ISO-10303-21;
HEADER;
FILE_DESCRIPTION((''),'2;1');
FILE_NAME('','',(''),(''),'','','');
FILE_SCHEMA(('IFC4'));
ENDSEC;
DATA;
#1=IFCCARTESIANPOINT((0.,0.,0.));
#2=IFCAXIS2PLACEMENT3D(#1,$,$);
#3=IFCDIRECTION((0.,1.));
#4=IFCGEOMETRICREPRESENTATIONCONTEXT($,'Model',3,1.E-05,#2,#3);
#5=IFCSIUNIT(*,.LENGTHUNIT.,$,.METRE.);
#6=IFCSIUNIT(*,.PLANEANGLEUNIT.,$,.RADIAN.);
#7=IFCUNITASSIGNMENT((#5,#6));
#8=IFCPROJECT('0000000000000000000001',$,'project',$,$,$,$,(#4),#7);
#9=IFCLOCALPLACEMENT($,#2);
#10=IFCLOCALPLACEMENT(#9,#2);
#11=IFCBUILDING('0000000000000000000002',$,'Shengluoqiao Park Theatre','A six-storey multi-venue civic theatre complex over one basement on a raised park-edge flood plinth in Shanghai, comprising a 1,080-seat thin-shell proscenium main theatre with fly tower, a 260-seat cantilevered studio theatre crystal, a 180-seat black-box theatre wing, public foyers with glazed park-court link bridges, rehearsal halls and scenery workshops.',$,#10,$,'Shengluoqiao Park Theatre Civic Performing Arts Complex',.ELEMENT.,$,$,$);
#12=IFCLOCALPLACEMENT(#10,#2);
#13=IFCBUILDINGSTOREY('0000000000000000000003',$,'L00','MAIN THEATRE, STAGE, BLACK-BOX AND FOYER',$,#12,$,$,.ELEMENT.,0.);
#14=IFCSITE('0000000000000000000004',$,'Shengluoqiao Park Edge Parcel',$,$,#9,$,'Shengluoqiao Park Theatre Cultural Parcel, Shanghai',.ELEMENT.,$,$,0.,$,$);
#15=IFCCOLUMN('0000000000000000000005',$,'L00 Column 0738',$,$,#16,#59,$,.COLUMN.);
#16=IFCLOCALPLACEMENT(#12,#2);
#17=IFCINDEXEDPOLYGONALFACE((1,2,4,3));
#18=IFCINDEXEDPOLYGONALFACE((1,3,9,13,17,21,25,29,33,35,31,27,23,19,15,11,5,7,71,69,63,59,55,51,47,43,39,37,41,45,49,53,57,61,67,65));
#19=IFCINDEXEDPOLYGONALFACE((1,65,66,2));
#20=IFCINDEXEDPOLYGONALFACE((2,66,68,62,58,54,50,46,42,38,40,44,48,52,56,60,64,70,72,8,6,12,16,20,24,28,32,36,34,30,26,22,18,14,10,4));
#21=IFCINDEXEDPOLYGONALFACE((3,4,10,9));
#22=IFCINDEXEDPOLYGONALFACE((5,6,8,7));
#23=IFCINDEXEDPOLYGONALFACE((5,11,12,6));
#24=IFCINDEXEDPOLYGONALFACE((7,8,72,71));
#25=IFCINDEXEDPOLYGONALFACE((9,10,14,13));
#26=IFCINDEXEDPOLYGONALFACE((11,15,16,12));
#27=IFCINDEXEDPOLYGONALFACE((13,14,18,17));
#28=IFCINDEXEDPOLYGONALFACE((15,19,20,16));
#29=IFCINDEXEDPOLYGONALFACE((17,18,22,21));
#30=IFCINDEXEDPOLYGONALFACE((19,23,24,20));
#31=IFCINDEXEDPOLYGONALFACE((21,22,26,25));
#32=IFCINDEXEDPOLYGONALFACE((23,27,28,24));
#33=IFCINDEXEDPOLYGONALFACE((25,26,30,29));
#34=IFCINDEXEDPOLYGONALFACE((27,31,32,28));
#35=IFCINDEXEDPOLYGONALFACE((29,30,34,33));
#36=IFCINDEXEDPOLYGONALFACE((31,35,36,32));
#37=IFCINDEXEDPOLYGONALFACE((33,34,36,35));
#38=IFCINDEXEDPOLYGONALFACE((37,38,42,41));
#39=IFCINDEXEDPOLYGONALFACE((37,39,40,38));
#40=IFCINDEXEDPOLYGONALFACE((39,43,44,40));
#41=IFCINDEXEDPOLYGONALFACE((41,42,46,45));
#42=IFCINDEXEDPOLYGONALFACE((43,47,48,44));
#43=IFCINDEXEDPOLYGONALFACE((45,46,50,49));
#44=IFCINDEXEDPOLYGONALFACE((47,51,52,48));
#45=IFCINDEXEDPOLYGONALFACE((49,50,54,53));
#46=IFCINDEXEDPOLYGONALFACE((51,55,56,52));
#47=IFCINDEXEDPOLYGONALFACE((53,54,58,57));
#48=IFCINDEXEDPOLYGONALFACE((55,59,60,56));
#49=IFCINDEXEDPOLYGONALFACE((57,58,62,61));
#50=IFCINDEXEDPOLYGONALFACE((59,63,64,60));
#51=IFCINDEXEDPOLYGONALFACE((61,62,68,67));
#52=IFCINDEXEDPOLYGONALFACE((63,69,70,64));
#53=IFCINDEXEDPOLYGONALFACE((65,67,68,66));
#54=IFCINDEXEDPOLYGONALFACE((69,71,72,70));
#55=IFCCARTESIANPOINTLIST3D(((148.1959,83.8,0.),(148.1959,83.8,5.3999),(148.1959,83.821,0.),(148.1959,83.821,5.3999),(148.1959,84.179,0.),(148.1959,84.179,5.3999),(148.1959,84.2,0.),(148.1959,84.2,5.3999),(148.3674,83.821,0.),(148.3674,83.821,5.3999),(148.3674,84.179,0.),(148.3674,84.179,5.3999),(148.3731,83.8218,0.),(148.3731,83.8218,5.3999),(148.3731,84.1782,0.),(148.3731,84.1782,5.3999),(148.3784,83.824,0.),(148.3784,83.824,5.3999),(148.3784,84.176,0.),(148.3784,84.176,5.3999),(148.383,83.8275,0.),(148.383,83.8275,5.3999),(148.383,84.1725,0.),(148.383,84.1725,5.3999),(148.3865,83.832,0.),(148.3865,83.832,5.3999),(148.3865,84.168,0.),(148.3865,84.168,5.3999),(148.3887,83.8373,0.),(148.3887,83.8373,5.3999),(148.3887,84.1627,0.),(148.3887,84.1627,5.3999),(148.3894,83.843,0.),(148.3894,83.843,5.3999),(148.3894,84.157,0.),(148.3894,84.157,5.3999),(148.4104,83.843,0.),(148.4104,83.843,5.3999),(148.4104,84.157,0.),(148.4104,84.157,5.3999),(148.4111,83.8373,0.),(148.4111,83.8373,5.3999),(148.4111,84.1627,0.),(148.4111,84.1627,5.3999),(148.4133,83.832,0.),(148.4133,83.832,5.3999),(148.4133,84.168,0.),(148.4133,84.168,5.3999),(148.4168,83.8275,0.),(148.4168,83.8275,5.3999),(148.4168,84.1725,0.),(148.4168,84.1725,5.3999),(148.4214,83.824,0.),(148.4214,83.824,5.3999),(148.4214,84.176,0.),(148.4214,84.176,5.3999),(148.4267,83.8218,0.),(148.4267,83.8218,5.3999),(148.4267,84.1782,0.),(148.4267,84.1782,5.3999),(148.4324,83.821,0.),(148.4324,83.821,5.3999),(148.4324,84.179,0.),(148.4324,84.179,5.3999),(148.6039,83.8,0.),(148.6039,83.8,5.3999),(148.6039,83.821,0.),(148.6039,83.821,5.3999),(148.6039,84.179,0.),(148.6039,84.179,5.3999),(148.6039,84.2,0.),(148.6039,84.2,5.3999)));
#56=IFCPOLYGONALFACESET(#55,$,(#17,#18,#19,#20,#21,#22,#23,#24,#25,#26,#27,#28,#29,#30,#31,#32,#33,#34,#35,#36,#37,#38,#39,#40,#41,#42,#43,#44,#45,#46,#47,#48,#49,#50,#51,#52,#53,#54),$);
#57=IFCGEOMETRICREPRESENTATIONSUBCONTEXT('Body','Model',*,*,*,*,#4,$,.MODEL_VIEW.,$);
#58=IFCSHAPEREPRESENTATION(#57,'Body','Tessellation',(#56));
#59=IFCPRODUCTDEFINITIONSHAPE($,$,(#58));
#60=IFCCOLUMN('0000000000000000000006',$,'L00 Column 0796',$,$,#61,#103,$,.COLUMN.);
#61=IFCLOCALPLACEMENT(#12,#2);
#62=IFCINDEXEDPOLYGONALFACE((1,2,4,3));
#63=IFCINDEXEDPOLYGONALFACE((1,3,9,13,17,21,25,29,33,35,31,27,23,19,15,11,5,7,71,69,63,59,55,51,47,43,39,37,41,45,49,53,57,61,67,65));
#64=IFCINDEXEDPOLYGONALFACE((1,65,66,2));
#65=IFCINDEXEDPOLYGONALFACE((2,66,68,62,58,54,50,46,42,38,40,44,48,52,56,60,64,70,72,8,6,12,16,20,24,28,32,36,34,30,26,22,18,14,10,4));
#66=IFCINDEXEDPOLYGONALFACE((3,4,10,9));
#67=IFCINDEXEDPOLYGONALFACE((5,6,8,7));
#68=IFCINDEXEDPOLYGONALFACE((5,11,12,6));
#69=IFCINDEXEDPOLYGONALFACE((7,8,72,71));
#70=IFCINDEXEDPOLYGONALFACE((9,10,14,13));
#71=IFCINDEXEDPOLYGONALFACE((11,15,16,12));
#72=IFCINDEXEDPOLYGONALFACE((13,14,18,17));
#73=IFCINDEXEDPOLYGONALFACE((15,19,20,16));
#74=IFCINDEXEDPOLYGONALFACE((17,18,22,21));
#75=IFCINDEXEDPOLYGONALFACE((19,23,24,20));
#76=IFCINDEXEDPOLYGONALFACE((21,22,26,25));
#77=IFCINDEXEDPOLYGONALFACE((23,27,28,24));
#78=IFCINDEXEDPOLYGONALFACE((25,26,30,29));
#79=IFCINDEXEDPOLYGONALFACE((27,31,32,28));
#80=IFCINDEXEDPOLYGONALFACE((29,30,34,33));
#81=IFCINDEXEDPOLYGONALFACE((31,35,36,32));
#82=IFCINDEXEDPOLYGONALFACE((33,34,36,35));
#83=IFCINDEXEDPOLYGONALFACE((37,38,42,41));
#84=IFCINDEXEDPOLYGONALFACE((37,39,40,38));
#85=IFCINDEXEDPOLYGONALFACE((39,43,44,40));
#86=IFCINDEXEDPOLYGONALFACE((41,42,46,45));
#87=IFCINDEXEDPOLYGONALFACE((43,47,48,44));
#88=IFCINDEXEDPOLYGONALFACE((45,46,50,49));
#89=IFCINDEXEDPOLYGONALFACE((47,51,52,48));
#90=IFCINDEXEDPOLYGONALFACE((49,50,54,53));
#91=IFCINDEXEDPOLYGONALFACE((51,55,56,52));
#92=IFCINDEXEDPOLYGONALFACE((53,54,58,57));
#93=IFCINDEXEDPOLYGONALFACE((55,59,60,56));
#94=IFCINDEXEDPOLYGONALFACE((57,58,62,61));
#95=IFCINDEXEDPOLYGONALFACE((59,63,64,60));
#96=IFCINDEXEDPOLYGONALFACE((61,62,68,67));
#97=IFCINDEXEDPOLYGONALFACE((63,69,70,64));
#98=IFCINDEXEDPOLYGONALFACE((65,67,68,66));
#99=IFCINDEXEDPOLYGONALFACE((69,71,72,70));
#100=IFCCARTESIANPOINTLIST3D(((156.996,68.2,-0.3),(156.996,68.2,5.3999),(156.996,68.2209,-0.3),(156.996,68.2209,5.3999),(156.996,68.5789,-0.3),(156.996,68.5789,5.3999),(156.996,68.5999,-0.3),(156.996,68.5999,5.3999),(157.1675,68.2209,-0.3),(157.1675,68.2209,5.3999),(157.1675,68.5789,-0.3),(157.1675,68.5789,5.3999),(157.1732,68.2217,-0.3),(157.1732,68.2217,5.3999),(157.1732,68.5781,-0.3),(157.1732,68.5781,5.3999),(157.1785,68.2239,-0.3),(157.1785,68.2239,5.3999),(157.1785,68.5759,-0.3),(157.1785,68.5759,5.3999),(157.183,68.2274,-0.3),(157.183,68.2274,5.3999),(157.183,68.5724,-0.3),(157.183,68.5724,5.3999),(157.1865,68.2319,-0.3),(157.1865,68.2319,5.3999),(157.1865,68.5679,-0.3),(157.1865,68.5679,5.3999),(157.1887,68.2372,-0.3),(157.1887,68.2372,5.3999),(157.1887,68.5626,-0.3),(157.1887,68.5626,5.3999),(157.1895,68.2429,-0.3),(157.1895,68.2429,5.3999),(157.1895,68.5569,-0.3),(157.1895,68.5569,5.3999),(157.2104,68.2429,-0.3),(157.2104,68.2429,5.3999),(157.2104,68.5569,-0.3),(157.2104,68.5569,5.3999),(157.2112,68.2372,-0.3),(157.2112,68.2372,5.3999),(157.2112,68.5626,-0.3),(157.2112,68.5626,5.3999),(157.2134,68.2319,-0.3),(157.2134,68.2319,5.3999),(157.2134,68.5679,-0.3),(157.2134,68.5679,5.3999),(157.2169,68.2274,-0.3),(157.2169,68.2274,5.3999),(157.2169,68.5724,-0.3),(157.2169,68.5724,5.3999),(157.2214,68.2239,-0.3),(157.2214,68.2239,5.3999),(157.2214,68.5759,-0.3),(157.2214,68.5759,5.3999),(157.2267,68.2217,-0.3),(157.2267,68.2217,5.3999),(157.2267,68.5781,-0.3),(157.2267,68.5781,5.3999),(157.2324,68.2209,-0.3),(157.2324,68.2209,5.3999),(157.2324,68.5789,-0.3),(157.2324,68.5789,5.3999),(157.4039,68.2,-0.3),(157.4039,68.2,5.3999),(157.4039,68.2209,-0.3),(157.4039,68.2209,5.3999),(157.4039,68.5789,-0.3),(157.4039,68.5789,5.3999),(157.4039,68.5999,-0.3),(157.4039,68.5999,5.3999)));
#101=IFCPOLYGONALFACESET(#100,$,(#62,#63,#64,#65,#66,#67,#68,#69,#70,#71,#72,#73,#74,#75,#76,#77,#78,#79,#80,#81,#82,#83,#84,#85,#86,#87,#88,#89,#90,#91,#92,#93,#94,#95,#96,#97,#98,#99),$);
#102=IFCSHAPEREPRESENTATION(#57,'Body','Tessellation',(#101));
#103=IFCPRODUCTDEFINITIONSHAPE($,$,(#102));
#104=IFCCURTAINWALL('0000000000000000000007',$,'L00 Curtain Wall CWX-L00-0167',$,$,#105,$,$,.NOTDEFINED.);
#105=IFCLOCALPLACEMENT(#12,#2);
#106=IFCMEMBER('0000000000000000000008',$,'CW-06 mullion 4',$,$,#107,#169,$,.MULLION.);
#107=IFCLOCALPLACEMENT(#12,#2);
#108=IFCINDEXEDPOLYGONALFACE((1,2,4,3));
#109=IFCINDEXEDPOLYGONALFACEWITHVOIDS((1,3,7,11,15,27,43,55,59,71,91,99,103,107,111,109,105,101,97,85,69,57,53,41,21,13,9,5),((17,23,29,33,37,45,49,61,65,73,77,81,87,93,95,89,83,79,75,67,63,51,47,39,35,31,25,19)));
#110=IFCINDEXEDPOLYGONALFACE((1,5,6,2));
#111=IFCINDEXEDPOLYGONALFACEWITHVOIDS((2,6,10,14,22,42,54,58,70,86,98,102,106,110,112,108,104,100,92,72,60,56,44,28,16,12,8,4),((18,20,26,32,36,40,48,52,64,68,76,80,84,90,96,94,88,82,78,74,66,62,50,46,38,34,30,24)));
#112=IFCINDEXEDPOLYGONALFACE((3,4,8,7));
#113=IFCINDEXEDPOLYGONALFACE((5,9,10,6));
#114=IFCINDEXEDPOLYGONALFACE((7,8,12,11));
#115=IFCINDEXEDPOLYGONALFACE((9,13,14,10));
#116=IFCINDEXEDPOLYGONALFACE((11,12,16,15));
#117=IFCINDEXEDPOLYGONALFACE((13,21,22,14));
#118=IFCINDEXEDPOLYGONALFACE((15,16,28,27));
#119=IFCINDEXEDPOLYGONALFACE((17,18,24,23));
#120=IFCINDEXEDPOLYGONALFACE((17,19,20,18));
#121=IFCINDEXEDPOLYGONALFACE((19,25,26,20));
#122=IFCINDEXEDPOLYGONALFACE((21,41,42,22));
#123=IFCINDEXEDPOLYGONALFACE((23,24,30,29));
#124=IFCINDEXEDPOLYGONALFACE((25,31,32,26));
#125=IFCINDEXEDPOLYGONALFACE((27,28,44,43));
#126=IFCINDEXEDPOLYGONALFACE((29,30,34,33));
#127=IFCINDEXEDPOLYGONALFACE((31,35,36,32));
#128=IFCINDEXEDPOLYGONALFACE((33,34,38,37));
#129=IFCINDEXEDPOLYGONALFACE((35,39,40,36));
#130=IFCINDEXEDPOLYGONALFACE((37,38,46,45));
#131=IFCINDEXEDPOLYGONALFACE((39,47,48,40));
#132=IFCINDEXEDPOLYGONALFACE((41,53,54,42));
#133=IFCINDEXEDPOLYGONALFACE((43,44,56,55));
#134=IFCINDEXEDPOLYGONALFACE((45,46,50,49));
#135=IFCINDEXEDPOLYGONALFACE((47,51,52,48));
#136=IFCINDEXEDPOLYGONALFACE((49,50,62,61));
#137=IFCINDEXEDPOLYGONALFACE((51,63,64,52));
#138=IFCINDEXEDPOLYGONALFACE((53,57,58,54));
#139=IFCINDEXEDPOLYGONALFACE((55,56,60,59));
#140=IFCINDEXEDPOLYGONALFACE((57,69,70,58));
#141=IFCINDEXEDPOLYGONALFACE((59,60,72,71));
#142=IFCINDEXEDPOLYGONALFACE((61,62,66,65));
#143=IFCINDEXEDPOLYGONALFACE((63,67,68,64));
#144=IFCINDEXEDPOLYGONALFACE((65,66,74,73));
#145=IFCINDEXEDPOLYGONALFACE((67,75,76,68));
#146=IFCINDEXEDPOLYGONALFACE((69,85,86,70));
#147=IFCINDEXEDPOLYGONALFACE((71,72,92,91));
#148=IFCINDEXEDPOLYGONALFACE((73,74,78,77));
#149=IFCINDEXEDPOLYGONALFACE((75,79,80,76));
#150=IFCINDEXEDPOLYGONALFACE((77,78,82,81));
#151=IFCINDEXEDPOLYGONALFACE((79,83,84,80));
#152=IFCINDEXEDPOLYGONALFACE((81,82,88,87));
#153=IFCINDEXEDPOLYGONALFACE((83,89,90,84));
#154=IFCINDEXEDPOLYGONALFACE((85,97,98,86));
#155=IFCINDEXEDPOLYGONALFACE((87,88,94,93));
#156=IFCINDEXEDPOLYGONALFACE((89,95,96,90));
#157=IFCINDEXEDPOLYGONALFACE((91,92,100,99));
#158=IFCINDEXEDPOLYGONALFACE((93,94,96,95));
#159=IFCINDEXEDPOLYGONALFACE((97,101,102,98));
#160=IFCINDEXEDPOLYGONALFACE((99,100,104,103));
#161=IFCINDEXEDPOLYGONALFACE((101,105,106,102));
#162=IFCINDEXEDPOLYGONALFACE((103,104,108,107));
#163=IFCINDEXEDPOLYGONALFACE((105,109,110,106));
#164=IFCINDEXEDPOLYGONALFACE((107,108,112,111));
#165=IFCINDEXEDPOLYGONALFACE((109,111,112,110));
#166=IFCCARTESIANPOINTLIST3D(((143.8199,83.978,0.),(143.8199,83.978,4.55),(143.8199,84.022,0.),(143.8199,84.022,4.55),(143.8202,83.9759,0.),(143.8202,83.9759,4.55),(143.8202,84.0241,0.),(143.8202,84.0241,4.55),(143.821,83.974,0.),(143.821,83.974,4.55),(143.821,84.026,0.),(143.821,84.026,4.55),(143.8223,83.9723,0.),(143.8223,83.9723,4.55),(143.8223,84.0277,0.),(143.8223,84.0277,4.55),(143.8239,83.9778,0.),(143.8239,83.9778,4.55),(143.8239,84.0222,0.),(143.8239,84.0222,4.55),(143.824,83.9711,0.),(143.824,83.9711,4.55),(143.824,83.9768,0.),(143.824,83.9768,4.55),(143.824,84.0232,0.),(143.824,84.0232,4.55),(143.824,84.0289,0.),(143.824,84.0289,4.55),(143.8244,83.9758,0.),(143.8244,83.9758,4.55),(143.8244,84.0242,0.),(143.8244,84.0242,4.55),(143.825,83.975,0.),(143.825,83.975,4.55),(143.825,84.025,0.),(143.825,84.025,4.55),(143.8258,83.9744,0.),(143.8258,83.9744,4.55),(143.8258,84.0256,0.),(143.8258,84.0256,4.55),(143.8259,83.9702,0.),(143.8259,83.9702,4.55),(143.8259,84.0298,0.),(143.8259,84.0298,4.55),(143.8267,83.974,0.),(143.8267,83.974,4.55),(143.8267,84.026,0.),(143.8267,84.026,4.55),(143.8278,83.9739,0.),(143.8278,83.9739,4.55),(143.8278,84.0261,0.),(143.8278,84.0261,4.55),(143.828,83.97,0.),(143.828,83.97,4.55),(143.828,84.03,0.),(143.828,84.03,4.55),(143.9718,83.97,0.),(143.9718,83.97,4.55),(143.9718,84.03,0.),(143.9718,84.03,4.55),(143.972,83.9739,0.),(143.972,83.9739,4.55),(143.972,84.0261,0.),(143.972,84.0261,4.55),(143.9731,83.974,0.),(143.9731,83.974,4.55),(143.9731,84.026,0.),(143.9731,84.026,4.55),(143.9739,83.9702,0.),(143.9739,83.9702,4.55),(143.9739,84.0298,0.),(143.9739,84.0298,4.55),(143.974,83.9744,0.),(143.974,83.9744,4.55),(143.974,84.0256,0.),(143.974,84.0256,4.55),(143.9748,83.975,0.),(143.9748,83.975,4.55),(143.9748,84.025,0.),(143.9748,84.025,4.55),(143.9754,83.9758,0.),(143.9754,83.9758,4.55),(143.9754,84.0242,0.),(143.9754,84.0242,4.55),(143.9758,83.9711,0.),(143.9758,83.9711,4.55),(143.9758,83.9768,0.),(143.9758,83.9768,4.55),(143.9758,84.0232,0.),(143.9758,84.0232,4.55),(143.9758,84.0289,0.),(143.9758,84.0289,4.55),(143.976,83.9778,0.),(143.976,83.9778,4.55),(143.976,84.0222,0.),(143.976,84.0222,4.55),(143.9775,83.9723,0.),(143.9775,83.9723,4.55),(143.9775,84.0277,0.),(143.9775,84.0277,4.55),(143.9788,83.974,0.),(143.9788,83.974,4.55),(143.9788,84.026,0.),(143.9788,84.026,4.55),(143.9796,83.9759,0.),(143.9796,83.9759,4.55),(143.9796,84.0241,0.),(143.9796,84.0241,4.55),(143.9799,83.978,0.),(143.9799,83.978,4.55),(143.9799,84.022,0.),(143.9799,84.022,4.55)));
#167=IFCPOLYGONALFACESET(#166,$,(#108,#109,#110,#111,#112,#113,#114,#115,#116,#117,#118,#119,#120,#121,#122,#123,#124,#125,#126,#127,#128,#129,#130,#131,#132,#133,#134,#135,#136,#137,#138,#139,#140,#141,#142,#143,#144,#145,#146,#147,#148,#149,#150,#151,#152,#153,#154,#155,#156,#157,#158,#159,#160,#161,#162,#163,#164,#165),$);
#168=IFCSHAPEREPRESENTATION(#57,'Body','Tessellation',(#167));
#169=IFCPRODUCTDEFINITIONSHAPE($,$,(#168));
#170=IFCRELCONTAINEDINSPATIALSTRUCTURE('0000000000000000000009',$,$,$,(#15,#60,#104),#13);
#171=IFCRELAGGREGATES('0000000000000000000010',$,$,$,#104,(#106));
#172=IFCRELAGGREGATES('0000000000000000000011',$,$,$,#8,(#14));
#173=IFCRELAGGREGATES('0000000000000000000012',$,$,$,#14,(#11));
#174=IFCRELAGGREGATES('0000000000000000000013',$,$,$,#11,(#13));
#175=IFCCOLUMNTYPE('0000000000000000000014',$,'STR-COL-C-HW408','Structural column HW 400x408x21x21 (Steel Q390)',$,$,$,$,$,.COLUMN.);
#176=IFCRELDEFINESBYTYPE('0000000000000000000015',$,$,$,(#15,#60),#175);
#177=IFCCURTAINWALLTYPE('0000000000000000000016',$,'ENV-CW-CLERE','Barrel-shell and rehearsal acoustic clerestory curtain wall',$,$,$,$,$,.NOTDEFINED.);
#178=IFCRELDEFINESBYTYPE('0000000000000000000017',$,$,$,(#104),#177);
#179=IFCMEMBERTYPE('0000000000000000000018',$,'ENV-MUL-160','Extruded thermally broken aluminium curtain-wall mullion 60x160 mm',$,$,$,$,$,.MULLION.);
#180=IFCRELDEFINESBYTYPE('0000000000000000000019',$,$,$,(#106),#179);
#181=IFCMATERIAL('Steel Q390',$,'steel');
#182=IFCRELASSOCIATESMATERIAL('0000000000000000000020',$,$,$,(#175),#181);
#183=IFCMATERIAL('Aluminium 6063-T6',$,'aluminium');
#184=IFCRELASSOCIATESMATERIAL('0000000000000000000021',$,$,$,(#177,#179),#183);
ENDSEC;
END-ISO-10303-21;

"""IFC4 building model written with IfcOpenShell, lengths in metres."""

from ifc_helpers import new_model, si_unit, direction, frame, origin, origin_2d, place, context, subcontext, project, spatial, hollow_rectangle, i_section, extrude, material, material_profile, profile_set, type_object, element, aggregate, save


model = new_model("IFC4")

# Units and contexts
model_context = context("Model", 3, precision=1e-05, world=origin(), true_north=direction((0.0, 1.0)))
body_context = subcontext(model_context, "Body", "Model", "MODEL_VIEW")
ifc_project = project(units=[si_unit("LENGTHUNIT", "METRE"), si_unit("PLANEANGLEUNIT", "RADIAN")], contexts=[model_context])

# Site, building, storey
site_placement = place(None, origin())
site = spatial("IfcSite", under=ifc_project, at=site_placement, Name="Shengluoqiao Park Edge Parcel", LongName="Shengluoqiao Park Theatre Cultural Parcel, Shanghai", CompositionType="ELEMENT", RefElevation=0.0)
building_placement = place(site_placement, origin())
building = spatial("IfcBuilding", under=site, at=building_placement, Name="Shengluoqiao Park Theatre", Description="A six-storey multi-venue civic theatre complex over one basement on a raised park-edge flood plinth in Shanghai, comprising a 1,080-seat thin-shell proscenium main theatre with fly tower, a 260-seat cantilevered studio theatre crystal, a 180-seat black-box theatre wing, public foyers with glazed park-court link bridges, rehearsal halls and scenery workshops.", LongName="Shengluoqiao Park Theatre Civic Performing Arts Complex", CompositionType="ELEMENT")
storey_placement = place(building_placement, origin())
storey = spatial("IfcBuildingStorey", under=building, at=storey_placement, Name="L00", Description="MAIN THEATRE, STAGE, BLACK-BOX AND FOYER", CompositionType="ELEMENT", Elevation=0.0)

# Columns
ifc_material_1 = material(Name="Steel Q390", Category="steel")
ifc_material_profile_1 = material_profile(ifc_material_1, i_section(OverallWidth=0.408, OverallDepth=0.3999, WebThickness=0.021, FlangeThickness=0.021, FilletRadius=0.022, at=origin_2d()), Name="HW 400x408x21x21")
ifc_profile_set_1 = profile_set([ifc_material_profile_1], Name="Steel Q390")
column_type_1 = type_object("IfcColumnType", Name="STR-COL-C-HW408", Description="Structural column HW 400x408x21x21 (Steel Q390)", PredefinedType="COLUMN", material=ifc_profile_set_1)
column_1_placement = place(storey_placement, frame((148.3999, 84.0, 0.0), z_axis=(0.0, 0.0, 1.0), x_axis=(1.0, 0.0, 0.0)))
element("IfcColumn", 1, at=column_1_placement, inside=storey, type_object=column_type_1, Name="L00 Column 0738", PredefinedType="COLUMN", context=body_context, shape_type="SweptSolid", body=[
    extrude(i_section(OverallWidth=0.408, OverallDepth=0.3999, WebThickness=0.021, FlangeThickness=0.021, FilletRadius=0.022, at=origin_2d()), origin(), (0.0, 0.0, 1.0), 5.3999),
])
column_2_placement = place(storey_placement, frame((157.2, 68.3999, -0.3), z_axis=(0.0, 0.0, 1.0), x_axis=(1.0, 0.0, 0.0)))
element("IfcColumn", 2, at=column_2_placement, inside=storey, type_object=column_type_1, Name="L00 Column 0796", PredefinedType="COLUMN", context=body_context, shape_type="SweptSolid", body=[
    extrude(i_section(OverallWidth=0.408, OverallDepth=0.3999, WebThickness=0.021, FlangeThickness=0.021, FilletRadius=0.022, at=origin_2d()), origin(), (0.0, 0.0, 1.0), 5.7),
])

# Curtain wall, member
ifc_material_2 = material(Name="Aluminium 6063-T6", Category="aluminium")
curtain_wall_type_1 = type_object("IfcCurtainWallType", Name="ENV-CW-CLERE", Description="Barrel-shell and rehearsal acoustic clerestory curtain wall", PredefinedType="NOTDEFINED", material=ifc_material_2)
curtain_wall_1_placement = place(storey_placement, origin())
curtain_wall_1 = element("IfcCurtainWall", 3, at=curtain_wall_1_placement, inside=storey, type_object=curtain_wall_type_1, Name="L00 Curtain Wall CWX-L00-0167", PredefinedType="NOTDEFINED")
ifc_material_profile_2 = material_profile(ifc_material_2, hollow_rectangle(XDim=0.0601, YDim=0.1599, WallThickness=0.0039, InnerFilletRadius=0.0039, OuterFilletRadius=0.0081, at=origin_2d()), Name="ALU MULLION 160x60x4")
ifc_profile_set_2 = profile_set([ifc_material_profile_2], Name="Aluminium 6063-T6")
member_type_1 = type_object("IfcMemberType", Name="ENV-MUL-160", Description="Extruded thermally broken aluminium curtain-wall mullion 60x160 mm", PredefinedType="MULLION", material=ifc_profile_set_2)
member_1_placement = place(storey_placement, frame((143.8999, 84.0, 0.0), z_axis=(0.0, 0.0, 1.0), x_axis=(0.0, 1.0, 0.0)))
member_1 = element("IfcMember", 4, at=member_1_placement, type_object=member_type_1, Name="CW-06 mullion 4", PredefinedType="MULLION", context=body_context, shape_type="SweptSolid", body=[
    extrude(hollow_rectangle(XDim=0.0601, YDim=0.1599, WallThickness=0.0039, InnerFilletRadius=0.0039, OuterFilletRadius=0.0081, at=origin_2d()), origin(), (0.0, 0.0, 1.0), 4.55),
])

aggregate(curtain_wall_1, [member_1])

save(model, "model.ifc")
